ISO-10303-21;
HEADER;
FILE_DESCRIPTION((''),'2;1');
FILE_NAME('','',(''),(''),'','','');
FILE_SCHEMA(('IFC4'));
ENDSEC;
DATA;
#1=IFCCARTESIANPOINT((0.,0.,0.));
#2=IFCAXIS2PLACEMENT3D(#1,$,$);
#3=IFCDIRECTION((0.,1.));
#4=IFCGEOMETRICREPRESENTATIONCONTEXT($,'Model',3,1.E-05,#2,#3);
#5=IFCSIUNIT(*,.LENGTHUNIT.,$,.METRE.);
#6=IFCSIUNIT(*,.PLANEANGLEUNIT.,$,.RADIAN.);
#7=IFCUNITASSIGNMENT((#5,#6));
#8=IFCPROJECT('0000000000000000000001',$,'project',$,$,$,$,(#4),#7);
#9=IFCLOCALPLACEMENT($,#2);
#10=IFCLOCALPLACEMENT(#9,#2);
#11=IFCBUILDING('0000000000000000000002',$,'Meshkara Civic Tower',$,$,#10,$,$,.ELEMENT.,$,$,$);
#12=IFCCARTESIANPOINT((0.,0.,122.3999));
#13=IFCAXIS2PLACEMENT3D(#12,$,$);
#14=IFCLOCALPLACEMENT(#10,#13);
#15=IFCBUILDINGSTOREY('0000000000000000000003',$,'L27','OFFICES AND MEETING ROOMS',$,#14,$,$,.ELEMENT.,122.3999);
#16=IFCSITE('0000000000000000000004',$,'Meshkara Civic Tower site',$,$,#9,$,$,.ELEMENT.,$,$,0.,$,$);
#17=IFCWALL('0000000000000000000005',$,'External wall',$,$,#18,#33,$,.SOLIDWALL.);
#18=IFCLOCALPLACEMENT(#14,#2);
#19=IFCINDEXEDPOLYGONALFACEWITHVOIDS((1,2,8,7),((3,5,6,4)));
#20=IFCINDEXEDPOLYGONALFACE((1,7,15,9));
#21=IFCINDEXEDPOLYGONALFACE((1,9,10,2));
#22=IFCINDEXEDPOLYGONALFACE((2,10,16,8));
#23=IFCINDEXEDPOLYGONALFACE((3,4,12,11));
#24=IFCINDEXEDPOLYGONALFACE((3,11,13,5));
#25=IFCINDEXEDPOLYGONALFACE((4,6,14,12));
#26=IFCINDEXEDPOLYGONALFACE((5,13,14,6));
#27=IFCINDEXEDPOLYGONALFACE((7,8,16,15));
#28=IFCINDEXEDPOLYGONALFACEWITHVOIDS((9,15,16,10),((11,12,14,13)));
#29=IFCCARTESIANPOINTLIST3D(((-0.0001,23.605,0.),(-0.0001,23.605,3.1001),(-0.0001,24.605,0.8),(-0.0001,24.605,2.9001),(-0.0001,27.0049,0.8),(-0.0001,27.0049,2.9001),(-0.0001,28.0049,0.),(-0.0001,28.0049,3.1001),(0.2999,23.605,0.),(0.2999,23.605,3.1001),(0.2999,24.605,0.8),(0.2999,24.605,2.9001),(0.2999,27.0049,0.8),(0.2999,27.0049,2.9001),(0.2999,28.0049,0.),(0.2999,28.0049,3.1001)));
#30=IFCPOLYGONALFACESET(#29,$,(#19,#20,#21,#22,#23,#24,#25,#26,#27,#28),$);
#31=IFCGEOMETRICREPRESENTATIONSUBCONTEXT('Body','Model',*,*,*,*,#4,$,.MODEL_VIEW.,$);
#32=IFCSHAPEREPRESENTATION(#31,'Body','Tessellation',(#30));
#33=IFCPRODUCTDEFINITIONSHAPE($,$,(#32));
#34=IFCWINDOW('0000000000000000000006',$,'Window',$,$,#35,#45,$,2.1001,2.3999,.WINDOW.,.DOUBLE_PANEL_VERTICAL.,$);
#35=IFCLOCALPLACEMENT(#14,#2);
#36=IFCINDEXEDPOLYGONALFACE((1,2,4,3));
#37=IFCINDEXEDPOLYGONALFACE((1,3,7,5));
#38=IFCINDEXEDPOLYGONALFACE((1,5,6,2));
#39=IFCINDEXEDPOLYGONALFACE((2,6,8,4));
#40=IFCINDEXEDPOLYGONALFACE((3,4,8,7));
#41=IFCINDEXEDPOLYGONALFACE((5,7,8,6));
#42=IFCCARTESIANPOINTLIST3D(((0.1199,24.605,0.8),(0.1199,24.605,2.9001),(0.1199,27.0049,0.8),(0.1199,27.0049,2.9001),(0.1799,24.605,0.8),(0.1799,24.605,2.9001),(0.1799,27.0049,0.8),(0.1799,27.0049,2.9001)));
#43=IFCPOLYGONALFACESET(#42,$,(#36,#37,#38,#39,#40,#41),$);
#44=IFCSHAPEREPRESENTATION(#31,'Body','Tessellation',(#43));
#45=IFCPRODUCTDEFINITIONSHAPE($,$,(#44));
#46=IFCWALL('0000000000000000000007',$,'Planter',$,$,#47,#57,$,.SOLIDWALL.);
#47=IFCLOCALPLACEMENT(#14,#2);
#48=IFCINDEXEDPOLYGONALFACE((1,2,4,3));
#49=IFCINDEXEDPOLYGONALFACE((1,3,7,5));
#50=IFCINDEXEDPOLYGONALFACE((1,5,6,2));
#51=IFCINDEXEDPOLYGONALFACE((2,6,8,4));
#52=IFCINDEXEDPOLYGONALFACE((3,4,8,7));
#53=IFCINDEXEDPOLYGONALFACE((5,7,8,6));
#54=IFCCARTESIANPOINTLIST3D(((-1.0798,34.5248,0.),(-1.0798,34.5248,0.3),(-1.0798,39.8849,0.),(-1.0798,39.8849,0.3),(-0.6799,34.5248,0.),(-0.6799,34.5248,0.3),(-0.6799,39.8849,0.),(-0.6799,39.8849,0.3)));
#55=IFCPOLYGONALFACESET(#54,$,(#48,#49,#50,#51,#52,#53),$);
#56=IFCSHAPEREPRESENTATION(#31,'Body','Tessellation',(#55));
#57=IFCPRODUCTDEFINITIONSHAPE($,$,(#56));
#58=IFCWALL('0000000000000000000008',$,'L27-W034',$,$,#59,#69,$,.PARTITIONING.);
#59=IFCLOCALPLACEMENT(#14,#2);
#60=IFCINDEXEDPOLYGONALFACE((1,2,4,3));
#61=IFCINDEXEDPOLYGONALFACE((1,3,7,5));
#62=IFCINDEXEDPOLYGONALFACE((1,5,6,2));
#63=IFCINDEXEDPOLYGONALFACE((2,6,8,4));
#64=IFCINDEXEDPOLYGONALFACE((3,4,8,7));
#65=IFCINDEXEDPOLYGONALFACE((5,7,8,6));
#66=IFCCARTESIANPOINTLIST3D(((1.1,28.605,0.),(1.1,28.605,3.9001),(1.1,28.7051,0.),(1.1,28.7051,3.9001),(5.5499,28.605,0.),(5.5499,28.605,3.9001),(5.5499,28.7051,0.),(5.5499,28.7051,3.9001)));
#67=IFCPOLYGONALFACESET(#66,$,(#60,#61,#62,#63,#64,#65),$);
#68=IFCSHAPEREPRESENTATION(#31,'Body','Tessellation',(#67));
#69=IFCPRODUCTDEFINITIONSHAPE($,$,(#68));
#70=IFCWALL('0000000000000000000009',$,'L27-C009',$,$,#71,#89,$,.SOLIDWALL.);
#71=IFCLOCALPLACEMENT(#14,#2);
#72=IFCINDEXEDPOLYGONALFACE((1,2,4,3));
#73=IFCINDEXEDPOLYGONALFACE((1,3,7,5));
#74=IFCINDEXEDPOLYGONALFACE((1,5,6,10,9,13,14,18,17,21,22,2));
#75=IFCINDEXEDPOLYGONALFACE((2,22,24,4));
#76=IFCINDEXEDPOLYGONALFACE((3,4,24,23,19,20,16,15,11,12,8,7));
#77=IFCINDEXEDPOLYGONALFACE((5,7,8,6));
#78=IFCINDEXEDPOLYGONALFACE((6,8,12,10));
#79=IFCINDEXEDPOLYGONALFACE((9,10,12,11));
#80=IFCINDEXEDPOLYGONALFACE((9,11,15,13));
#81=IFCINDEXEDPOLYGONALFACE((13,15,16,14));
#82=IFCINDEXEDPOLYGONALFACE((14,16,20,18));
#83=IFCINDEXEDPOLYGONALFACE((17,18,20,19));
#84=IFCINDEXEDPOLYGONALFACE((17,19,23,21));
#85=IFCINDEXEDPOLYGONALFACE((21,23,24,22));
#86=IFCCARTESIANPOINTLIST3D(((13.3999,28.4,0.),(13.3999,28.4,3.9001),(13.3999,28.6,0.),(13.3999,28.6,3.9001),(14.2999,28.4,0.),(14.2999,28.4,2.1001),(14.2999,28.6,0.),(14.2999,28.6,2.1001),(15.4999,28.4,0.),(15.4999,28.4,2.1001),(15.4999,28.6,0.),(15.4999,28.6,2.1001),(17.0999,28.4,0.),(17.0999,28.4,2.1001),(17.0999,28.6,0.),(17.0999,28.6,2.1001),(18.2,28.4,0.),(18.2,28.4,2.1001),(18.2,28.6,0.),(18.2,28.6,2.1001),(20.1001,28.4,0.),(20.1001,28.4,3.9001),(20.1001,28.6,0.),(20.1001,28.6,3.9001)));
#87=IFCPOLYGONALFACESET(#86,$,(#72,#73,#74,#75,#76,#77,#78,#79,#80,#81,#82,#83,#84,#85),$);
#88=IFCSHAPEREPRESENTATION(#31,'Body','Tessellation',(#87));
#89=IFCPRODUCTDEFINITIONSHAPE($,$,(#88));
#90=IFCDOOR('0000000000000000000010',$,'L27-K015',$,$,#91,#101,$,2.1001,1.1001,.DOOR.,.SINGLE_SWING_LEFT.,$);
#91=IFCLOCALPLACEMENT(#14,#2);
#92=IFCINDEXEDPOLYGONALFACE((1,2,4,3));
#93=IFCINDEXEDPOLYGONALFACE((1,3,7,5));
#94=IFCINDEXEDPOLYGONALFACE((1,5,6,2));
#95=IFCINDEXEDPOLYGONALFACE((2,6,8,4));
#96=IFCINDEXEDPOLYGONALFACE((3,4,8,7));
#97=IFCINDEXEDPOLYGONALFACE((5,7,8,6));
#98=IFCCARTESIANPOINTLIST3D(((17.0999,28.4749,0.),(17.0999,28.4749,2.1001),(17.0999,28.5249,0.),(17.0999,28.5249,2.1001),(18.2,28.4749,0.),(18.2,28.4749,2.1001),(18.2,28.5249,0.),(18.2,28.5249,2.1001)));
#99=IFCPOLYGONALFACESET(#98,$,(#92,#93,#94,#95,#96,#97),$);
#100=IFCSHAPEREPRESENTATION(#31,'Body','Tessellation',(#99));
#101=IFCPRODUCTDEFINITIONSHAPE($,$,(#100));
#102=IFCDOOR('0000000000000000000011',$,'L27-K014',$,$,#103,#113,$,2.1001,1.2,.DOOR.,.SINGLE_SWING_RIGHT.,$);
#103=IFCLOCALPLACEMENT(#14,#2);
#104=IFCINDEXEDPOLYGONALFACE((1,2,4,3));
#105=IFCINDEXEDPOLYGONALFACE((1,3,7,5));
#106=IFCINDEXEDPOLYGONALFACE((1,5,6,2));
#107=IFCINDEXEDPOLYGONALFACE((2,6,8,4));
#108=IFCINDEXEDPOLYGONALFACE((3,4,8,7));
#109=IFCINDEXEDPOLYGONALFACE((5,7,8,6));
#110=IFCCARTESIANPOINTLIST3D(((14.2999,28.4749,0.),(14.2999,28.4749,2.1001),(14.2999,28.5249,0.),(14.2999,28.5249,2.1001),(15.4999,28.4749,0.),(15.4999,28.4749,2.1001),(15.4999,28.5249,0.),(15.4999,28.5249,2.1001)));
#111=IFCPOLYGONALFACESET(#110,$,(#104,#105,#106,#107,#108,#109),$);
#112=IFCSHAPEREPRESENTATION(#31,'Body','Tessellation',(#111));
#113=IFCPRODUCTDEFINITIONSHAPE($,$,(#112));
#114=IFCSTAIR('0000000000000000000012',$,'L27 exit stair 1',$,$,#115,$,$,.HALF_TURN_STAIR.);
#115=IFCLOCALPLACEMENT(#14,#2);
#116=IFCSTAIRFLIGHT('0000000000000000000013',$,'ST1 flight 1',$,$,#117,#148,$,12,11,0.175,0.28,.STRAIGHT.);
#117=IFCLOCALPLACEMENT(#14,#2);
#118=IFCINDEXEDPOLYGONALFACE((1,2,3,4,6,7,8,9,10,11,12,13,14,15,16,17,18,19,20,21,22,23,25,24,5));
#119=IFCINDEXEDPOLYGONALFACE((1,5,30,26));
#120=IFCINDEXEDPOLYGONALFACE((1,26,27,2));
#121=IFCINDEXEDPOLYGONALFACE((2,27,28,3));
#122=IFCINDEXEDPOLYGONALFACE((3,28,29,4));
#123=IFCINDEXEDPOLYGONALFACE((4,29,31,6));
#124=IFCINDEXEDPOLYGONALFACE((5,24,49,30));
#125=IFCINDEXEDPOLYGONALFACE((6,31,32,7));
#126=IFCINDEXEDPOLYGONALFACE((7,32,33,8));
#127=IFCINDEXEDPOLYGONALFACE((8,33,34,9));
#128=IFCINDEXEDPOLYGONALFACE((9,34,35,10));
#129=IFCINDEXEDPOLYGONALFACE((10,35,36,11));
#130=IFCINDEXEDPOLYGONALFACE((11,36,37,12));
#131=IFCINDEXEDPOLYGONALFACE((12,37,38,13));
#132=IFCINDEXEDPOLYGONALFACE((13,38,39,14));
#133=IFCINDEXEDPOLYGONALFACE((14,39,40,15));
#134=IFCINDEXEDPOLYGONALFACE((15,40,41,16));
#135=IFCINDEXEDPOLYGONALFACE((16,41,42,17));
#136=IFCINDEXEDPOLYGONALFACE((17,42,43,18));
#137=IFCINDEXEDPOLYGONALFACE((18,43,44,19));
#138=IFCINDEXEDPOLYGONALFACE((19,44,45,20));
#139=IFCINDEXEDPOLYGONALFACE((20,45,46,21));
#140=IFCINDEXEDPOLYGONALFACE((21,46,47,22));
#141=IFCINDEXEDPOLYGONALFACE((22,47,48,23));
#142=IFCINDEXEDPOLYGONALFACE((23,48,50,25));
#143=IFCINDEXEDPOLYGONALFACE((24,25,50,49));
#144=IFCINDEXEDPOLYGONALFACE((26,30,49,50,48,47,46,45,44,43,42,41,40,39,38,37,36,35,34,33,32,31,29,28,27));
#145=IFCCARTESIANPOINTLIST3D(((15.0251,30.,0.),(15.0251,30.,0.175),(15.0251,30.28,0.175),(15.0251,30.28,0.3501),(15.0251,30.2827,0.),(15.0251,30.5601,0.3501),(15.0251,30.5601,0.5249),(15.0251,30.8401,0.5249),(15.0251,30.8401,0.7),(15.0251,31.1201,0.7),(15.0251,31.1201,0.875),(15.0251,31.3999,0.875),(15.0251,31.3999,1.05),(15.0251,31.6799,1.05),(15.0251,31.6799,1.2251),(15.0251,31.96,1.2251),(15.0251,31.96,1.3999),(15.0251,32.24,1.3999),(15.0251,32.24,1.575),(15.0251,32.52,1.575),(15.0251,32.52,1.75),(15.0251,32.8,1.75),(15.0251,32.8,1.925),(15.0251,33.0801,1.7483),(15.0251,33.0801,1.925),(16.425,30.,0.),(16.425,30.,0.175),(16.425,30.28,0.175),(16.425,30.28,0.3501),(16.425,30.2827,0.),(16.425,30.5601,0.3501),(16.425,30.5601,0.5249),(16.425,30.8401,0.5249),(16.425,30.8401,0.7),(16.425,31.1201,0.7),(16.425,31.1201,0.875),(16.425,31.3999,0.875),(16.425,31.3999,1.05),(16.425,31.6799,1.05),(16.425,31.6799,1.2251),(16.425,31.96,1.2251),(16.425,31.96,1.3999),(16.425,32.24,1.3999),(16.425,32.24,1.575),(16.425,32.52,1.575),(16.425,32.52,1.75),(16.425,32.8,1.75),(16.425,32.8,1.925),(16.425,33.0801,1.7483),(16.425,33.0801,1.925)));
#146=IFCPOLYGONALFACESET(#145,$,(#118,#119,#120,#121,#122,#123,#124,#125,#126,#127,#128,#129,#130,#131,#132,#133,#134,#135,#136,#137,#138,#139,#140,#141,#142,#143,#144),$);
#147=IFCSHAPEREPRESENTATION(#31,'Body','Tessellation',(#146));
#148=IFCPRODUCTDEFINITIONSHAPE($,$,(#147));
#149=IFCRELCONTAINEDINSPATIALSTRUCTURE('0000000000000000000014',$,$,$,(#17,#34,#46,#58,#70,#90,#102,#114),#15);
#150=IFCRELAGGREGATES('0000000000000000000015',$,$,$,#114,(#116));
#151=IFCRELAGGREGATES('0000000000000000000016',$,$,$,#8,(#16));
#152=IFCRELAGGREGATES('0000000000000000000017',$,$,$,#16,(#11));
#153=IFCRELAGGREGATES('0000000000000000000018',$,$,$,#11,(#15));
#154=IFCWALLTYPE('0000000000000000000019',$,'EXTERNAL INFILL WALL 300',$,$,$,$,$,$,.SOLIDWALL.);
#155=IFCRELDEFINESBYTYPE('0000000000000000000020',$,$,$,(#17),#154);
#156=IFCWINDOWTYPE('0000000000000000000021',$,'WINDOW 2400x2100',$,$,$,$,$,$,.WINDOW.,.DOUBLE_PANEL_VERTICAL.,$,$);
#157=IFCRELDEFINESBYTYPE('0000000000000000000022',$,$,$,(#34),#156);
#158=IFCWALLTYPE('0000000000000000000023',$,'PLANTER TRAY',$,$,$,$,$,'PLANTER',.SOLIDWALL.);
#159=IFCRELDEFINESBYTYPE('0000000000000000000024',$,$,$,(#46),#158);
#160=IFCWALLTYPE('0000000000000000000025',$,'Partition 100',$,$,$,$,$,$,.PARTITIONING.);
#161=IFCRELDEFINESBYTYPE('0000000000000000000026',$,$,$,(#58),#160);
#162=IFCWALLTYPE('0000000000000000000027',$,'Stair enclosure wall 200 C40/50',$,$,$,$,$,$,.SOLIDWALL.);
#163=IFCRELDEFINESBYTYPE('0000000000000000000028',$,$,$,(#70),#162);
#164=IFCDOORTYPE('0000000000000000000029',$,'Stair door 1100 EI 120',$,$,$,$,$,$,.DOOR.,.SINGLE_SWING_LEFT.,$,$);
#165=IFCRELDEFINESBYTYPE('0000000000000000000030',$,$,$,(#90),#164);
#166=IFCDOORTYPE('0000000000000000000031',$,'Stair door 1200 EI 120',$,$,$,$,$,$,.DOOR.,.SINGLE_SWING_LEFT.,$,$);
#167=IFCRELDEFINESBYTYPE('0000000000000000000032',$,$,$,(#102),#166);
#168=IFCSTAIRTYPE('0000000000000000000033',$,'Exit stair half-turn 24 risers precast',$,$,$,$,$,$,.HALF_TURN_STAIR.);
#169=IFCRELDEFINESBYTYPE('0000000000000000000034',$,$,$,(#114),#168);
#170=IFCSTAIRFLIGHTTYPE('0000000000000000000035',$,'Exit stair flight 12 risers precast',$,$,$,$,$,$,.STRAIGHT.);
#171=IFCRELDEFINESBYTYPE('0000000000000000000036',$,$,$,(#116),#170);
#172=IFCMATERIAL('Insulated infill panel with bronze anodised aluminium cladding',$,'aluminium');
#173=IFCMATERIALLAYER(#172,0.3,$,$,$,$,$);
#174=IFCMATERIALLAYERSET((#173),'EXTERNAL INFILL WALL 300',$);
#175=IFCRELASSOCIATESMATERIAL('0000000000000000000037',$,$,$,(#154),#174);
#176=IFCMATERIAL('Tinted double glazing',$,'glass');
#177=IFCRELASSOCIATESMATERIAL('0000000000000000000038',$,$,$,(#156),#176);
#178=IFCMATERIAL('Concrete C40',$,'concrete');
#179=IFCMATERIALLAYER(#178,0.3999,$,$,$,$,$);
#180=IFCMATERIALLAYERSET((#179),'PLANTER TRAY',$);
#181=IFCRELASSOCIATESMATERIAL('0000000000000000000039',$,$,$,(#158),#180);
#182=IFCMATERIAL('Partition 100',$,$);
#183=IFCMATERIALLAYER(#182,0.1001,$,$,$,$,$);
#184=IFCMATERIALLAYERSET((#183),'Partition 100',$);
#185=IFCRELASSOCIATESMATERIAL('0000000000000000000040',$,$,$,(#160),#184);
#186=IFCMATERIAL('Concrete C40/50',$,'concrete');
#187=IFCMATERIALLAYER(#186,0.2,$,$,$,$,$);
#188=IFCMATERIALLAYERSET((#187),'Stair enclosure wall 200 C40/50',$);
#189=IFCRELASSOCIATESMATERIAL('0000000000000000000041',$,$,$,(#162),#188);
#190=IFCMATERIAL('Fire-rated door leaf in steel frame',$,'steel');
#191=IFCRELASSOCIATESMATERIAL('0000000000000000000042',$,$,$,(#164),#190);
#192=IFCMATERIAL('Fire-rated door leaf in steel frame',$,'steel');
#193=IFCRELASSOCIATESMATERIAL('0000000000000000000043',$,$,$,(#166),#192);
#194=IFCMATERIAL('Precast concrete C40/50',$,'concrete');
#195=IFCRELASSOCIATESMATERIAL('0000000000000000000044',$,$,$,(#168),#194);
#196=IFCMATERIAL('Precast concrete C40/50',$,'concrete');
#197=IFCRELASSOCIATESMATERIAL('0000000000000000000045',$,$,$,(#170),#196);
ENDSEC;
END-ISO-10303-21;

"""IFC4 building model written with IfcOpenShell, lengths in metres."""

from ifc_helpers import new_model, si_unit, direction, frame, frame_2d, origin, place, context, subcontext, project, spatial, polyline, rectangle, outline, extrude, material, layer, layer_set, type_object, element, fill, aggregate, save


model = new_model("IFC4")

# Units and contexts
model_context = context("Model", 3, precision=1e-05, world=origin(), true_north=direction((0.0, 1.0)))
body_context = subcontext(model_context, "Body", "Model", "MODEL_VIEW")
ifc_project = project(units=[si_unit("LENGTHUNIT", "METRE"), si_unit("PLANEANGLEUNIT", "RADIAN")], contexts=[model_context])

# Site, building, storey
site_placement = place(None, origin())
site = spatial("IfcSite", under=ifc_project, at=site_placement, Name="Meshkara Civic Tower site", CompositionType="ELEMENT", RefElevation=0.0)
building_placement = place(site_placement, origin())
building = spatial("IfcBuilding", under=site, at=building_placement, Name="Meshkara Civic Tower", CompositionType="ELEMENT")
storey_placement = place(building_placement, frame((0.0, 0.0, 122.3999)))
storey = spatial("IfcBuildingStorey", under=building, at=storey_placement, Name="L27", Description="OFFICES AND MEETING ROOMS", CompositionType="ELEMENT", Elevation=122.3999)

# Wall, opening, window
ifc_material_1 = material(Name="Insulated infill panel with bronze anodised aluminium cladding", Category="aluminium")
ifc_layer_1 = layer(ifc_material_1, 0.3)
ifc_layer_set_1 = layer_set([ifc_layer_1], Name="EXTERNAL INFILL WALL 300")
wall_type_1 = type_object("IfcWallType", Name="EXTERNAL INFILL WALL 300", PredefinedType="SOLIDWALL", material=ifc_layer_set_1)
ifc_material_2 = material(Name="Tinted double glazing", Category="glass")
window_type = type_object("IfcWindowType", Name="WINDOW 2400x2100", PartitioningType="DOUBLE_PANEL_VERTICAL", PredefinedType="WINDOW", material=ifc_material_2)
wall_1_placement = place(storey_placement, frame((0.1499, 28.0049, 0.0), z_axis=(0.0, 0.0, 1.0), x_axis=(0.0, -1.0, 0.0)))
wall_1 = element("IfcWall", 1, at=wall_1_placement, inside=storey, type_object=wall_type_1, Name="External wall", PredefinedType="SOLIDWALL", context=body_context, shape_type="SweptSolid", body=[
    extrude(rectangle(XDim=4.3999, YDim=0.3, at=frame_2d((2.2, 0.0))), origin(), (0.0, 0.0, 1.0), 3.1001),
])
opening_1_placement = place(wall_1_placement, frame((1.0, 0.0, 0.8)))
opening_1 = element("IfcOpeningElement", 2, at=opening_1_placement, cuts=wall_1, PredefinedType="OPENING", context=body_context, shape_type="SweptSolid", body=[
    extrude(rectangle(XDim=2.3999, YDim=2.1001, at=frame_2d((1.2, 1.05))), frame((0.0, 0.1599, 0.0), z_axis=(0.0, -1.0, 0.0), x_axis=(1.0, 0.0, 0.0)), (0.0, 0.0, 1.0), 0.3201),
])
window_1_placement = place(opening_1_placement, origin())
window_1 = element("IfcWindow", 3, at=window_1_placement, inside=storey, type_object=window_type, Name="Window", OverallHeight=2.1001, OverallWidth=2.3999, PartitioningType="DOUBLE_PANEL_VERTICAL", PredefinedType="WINDOW", context=body_context, shape_type="SweptSolid", body=[
    extrude(rectangle(XDim=2.3999, YDim=2.1001, at=frame_2d((1.2, 1.05))), frame((0.0, 0.03, 0.0), z_axis=(0.0, -1.0, 0.0), x_axis=(1.0, 0.0, 0.0)), (0.0, 0.0, 1.0), 0.0601),
])
fill(opening_1, window_1)

# Walls
ifc_material_3 = material(Name="Concrete C40", Category="concrete")
ifc_layer_2 = layer(ifc_material_3, 0.3999)
ifc_layer_set_2 = layer_set([ifc_layer_2], Name="PLANTER TRAY")
wall_type_2 = type_object("IfcWallType", Name="PLANTER TRAY", ElementType="PLANTER", PredefinedType="SOLIDWALL", material=ifc_layer_set_2)
wall_2_placement = place(storey_placement, frame((-0.8799, 39.885, 0.0), z_axis=(0.0, 0.0, 1.0), x_axis=(0.0, -1.0, 0.0)))
element("IfcWall", 4, at=wall_2_placement, inside=storey, type_object=wall_type_2, Name="Planter", PredefinedType="SOLIDWALL", context=body_context, shape_type="SweptSolid", body=[
    extrude(rectangle(XDim=5.3601, YDim=0.3999, at=frame_2d((2.6802, 0.0))), origin(), (0.0, 0.0, 1.0), 0.3),
])
ifc_material_4 = material(Name="Partition 100")
ifc_layer_3 = layer(ifc_material_4, 0.1001)
ifc_layer_set_3 = layer_set([ifc_layer_3], Name="Partition 100")
wall_type_3 = type_object("IfcWallType", Name="Partition 100", PredefinedType="PARTITIONING", material=ifc_layer_set_3)
wall_3_placement = place(storey_placement, frame((5.55, 28.655, 0.0), z_axis=(0.0, 0.0, 1.0), x_axis=(-1.0, 0.0, 0.0)))
element("IfcWall", 5, at=wall_3_placement, inside=storey, type_object=wall_type_3, Name="L27-W034", PredefinedType="PARTITIONING", context=body_context, shape_type="SweptSolid", body=[
    extrude(rectangle(XDim=4.45, YDim=0.1001, at=frame_2d((2.2251, 0.0))), origin(), (0.0, 0.0, 1.0), 3.9001),
])

# Wall, openings, doors
ifc_material_5 = material(Name="Concrete C40/50", Category="concrete")
ifc_layer_4 = layer(ifc_material_5, 0.2)
ifc_layer_set_4 = layer_set([ifc_layer_4], Name="Stair enclosure wall 200 C40/50")
wall_type_4 = type_object("IfcWallType", Name="Stair enclosure wall 200 C40/50", PredefinedType="SOLIDWALL", material=ifc_layer_set_4)
wall_4_placement = place(storey_placement, frame((13.3999, 28.5, 0.0), z_axis=(0.0, 0.0, 1.0), x_axis=(1.0, 0.0, 0.0)))
wall_4 = element("IfcWall", 6, at=wall_4_placement, inside=storey, type_object=wall_type_4, Name="L27-C009", PredefinedType="SOLIDWALL", context=body_context, shape_type="SweptSolid", body=[
    extrude(rectangle(XDim=6.7002, YDim=0.2, at=frame_2d((3.3501, 0.0))), origin(), (0.0, 0.0, 1.0), 3.9001),
])
opening_2_placement = place(wall_4_placement, frame((0.8999, 0.0, 0.0)))
opening_2 = element("IfcOpeningElement", 7, at=opening_2_placement, cuts=wall_4, PredefinedType="OPENING", context=body_context, shape_type="SweptSolid", body=[
    extrude(rectangle(XDim=1.2, YDim=2.1001, at=frame_2d((0.6001, 1.05))), frame((0.0, 0.1099, 0.0), z_axis=(0.0, -1.0, 0.0), x_axis=(1.0, 0.0, 0.0)), (0.0, 0.0, 1.0), 0.22),
])
opening_3_placement = place(wall_4_placement, frame((3.7, 0.0, 0.0)))
opening_3 = element("IfcOpeningElement", 8, at=opening_3_placement, cuts=wall_4, PredefinedType="OPENING", context=body_context, shape_type="SweptSolid", body=[
    extrude(rectangle(XDim=1.1001, YDim=2.1001, at=frame_2d((0.55, 1.05))), frame((0.0, 0.1099, 0.0), z_axis=(0.0, -1.0, 0.0), x_axis=(1.0, 0.0, 0.0)), (0.0, 0.0, 1.0), 0.22),
])
ifc_material_6 = material(Name="Fire-rated door leaf in steel frame", Category="steel")
door_type_1 = type_object("IfcDoorType", Name="Stair door 1100 EI 120", OperationType="SINGLE_SWING_LEFT", PredefinedType="DOOR", material=ifc_material_6)
door_1_placement = place(opening_3_placement, origin())
door_1 = element("IfcDoor", 9, at=door_1_placement, inside=storey, type_object=door_type_1, Name="L27-K015", OperationType="SINGLE_SWING_LEFT", OverallHeight=2.1001, OverallWidth=1.1001, PredefinedType="DOOR", context=body_context, shape_type="SweptSolid", body=[
    extrude(rectangle(XDim=1.1001, YDim=2.1001, at=frame_2d((0.55, 1.05))), frame((0.0, 0.0249, 0.0), z_axis=(0.0, -1.0, 0.0), x_axis=(1.0, 0.0, 0.0)), (0.0, 0.0, 1.0), 0.05),
])
fill(opening_3, door_1)
ifc_material_7 = material(Name="Fire-rated door leaf in steel frame", Category="steel")
door_type_2 = type_object("IfcDoorType", Name="Stair door 1200 EI 120", OperationType="SINGLE_SWING_LEFT", PredefinedType="DOOR", material=ifc_material_7)
door_2_placement = place(opening_2_placement, origin())
door_2 = element("IfcDoor", 10, at=door_2_placement, inside=storey, type_object=door_type_2, Name="L27-K014", OperationType="SINGLE_SWING_RIGHT", OverallHeight=2.1001, OverallWidth=1.2, PredefinedType="DOOR", context=body_context, shape_type="SweptSolid", body=[
    extrude(rectangle(XDim=1.2, YDim=2.1001, at=frame_2d((0.6001, 1.05))), frame((0.0, 0.0249, 0.0), z_axis=(0.0, -1.0, 0.0), x_axis=(1.0, 0.0, 0.0)), (0.0, 0.0, 1.0), 0.05),
])
fill(opening_2, door_2)

# Stair, stair flight
ifc_material_8 = material(Name="Precast concrete C40/50", Category="concrete")
stair_type = type_object("IfcStairType", Name="Exit stair half-turn 24 risers precast", PredefinedType="HALF_TURN_STAIR", material=ifc_material_8)
stair_placement = place(storey_placement, origin())
stair = element("IfcStair", 11, at=stair_placement, inside=storey, type_object=stair_type, Name="L27 exit stair 1", PredefinedType="HALF_TURN_STAIR")
ifc_material_9 = material(Name="Precast concrete C40/50", Category="concrete")
stair_flight_type = type_object("IfcStairFlightType", Name="Exit stair flight 12 risers precast", PredefinedType="STRAIGHT", material=ifc_material_9)
stair_flight_1_placement = place(storey_placement, frame((15.7251, 30.0, 0.0), z_axis=(0.0, 0.0, 1.0), x_axis=(0.0, 1.0, 0.0)))
stair_flight_1 = element("IfcStairFlight", 12, at=stair_flight_1_placement, type_object=stair_flight_type, Name="ST1 flight 1", NumberOfRisers=12, NumberOfTreads=11, PredefinedType="STRAIGHT", RiserHeight=0.175, TreadLength=0.28, context=body_context, shape_type="SweptSolid", body=[
    extrude(outline(polyline([(0.0, 0.0), (0.0, 0.175), (0.28, 0.175), (0.28, 0.3501), (0.5601, 0.3501), (0.5601, 0.5249), (0.8401, 0.5249), (0.8401, 0.7), (1.1201, 0.7), (1.1201, 0.875), (1.3999, 0.875), (1.3999, 1.05), (1.6799, 1.05), (1.6799, 1.2251), (1.96, 1.2251), (1.96, 1.3999), (2.24, 1.3999), (2.24, 1.575), (2.52, 1.575), (2.52, 1.75), (2.8, 1.75), (2.8, 1.925), (3.0801, 1.925), (3.0801, 2.1001), (3.0801, 1.7483), (0.2827, 0.0), (0.0, 0.0)])), frame((0.0, 0.7, 0.0), z_axis=(0.0, -1.0, 0.0), x_axis=(1.0, 0.0, 0.0)), (0.0, 0.0, 1.0), 1.3999),
])
aggregate(stair, [stair_flight_1])

save(model, "model.ifc")
